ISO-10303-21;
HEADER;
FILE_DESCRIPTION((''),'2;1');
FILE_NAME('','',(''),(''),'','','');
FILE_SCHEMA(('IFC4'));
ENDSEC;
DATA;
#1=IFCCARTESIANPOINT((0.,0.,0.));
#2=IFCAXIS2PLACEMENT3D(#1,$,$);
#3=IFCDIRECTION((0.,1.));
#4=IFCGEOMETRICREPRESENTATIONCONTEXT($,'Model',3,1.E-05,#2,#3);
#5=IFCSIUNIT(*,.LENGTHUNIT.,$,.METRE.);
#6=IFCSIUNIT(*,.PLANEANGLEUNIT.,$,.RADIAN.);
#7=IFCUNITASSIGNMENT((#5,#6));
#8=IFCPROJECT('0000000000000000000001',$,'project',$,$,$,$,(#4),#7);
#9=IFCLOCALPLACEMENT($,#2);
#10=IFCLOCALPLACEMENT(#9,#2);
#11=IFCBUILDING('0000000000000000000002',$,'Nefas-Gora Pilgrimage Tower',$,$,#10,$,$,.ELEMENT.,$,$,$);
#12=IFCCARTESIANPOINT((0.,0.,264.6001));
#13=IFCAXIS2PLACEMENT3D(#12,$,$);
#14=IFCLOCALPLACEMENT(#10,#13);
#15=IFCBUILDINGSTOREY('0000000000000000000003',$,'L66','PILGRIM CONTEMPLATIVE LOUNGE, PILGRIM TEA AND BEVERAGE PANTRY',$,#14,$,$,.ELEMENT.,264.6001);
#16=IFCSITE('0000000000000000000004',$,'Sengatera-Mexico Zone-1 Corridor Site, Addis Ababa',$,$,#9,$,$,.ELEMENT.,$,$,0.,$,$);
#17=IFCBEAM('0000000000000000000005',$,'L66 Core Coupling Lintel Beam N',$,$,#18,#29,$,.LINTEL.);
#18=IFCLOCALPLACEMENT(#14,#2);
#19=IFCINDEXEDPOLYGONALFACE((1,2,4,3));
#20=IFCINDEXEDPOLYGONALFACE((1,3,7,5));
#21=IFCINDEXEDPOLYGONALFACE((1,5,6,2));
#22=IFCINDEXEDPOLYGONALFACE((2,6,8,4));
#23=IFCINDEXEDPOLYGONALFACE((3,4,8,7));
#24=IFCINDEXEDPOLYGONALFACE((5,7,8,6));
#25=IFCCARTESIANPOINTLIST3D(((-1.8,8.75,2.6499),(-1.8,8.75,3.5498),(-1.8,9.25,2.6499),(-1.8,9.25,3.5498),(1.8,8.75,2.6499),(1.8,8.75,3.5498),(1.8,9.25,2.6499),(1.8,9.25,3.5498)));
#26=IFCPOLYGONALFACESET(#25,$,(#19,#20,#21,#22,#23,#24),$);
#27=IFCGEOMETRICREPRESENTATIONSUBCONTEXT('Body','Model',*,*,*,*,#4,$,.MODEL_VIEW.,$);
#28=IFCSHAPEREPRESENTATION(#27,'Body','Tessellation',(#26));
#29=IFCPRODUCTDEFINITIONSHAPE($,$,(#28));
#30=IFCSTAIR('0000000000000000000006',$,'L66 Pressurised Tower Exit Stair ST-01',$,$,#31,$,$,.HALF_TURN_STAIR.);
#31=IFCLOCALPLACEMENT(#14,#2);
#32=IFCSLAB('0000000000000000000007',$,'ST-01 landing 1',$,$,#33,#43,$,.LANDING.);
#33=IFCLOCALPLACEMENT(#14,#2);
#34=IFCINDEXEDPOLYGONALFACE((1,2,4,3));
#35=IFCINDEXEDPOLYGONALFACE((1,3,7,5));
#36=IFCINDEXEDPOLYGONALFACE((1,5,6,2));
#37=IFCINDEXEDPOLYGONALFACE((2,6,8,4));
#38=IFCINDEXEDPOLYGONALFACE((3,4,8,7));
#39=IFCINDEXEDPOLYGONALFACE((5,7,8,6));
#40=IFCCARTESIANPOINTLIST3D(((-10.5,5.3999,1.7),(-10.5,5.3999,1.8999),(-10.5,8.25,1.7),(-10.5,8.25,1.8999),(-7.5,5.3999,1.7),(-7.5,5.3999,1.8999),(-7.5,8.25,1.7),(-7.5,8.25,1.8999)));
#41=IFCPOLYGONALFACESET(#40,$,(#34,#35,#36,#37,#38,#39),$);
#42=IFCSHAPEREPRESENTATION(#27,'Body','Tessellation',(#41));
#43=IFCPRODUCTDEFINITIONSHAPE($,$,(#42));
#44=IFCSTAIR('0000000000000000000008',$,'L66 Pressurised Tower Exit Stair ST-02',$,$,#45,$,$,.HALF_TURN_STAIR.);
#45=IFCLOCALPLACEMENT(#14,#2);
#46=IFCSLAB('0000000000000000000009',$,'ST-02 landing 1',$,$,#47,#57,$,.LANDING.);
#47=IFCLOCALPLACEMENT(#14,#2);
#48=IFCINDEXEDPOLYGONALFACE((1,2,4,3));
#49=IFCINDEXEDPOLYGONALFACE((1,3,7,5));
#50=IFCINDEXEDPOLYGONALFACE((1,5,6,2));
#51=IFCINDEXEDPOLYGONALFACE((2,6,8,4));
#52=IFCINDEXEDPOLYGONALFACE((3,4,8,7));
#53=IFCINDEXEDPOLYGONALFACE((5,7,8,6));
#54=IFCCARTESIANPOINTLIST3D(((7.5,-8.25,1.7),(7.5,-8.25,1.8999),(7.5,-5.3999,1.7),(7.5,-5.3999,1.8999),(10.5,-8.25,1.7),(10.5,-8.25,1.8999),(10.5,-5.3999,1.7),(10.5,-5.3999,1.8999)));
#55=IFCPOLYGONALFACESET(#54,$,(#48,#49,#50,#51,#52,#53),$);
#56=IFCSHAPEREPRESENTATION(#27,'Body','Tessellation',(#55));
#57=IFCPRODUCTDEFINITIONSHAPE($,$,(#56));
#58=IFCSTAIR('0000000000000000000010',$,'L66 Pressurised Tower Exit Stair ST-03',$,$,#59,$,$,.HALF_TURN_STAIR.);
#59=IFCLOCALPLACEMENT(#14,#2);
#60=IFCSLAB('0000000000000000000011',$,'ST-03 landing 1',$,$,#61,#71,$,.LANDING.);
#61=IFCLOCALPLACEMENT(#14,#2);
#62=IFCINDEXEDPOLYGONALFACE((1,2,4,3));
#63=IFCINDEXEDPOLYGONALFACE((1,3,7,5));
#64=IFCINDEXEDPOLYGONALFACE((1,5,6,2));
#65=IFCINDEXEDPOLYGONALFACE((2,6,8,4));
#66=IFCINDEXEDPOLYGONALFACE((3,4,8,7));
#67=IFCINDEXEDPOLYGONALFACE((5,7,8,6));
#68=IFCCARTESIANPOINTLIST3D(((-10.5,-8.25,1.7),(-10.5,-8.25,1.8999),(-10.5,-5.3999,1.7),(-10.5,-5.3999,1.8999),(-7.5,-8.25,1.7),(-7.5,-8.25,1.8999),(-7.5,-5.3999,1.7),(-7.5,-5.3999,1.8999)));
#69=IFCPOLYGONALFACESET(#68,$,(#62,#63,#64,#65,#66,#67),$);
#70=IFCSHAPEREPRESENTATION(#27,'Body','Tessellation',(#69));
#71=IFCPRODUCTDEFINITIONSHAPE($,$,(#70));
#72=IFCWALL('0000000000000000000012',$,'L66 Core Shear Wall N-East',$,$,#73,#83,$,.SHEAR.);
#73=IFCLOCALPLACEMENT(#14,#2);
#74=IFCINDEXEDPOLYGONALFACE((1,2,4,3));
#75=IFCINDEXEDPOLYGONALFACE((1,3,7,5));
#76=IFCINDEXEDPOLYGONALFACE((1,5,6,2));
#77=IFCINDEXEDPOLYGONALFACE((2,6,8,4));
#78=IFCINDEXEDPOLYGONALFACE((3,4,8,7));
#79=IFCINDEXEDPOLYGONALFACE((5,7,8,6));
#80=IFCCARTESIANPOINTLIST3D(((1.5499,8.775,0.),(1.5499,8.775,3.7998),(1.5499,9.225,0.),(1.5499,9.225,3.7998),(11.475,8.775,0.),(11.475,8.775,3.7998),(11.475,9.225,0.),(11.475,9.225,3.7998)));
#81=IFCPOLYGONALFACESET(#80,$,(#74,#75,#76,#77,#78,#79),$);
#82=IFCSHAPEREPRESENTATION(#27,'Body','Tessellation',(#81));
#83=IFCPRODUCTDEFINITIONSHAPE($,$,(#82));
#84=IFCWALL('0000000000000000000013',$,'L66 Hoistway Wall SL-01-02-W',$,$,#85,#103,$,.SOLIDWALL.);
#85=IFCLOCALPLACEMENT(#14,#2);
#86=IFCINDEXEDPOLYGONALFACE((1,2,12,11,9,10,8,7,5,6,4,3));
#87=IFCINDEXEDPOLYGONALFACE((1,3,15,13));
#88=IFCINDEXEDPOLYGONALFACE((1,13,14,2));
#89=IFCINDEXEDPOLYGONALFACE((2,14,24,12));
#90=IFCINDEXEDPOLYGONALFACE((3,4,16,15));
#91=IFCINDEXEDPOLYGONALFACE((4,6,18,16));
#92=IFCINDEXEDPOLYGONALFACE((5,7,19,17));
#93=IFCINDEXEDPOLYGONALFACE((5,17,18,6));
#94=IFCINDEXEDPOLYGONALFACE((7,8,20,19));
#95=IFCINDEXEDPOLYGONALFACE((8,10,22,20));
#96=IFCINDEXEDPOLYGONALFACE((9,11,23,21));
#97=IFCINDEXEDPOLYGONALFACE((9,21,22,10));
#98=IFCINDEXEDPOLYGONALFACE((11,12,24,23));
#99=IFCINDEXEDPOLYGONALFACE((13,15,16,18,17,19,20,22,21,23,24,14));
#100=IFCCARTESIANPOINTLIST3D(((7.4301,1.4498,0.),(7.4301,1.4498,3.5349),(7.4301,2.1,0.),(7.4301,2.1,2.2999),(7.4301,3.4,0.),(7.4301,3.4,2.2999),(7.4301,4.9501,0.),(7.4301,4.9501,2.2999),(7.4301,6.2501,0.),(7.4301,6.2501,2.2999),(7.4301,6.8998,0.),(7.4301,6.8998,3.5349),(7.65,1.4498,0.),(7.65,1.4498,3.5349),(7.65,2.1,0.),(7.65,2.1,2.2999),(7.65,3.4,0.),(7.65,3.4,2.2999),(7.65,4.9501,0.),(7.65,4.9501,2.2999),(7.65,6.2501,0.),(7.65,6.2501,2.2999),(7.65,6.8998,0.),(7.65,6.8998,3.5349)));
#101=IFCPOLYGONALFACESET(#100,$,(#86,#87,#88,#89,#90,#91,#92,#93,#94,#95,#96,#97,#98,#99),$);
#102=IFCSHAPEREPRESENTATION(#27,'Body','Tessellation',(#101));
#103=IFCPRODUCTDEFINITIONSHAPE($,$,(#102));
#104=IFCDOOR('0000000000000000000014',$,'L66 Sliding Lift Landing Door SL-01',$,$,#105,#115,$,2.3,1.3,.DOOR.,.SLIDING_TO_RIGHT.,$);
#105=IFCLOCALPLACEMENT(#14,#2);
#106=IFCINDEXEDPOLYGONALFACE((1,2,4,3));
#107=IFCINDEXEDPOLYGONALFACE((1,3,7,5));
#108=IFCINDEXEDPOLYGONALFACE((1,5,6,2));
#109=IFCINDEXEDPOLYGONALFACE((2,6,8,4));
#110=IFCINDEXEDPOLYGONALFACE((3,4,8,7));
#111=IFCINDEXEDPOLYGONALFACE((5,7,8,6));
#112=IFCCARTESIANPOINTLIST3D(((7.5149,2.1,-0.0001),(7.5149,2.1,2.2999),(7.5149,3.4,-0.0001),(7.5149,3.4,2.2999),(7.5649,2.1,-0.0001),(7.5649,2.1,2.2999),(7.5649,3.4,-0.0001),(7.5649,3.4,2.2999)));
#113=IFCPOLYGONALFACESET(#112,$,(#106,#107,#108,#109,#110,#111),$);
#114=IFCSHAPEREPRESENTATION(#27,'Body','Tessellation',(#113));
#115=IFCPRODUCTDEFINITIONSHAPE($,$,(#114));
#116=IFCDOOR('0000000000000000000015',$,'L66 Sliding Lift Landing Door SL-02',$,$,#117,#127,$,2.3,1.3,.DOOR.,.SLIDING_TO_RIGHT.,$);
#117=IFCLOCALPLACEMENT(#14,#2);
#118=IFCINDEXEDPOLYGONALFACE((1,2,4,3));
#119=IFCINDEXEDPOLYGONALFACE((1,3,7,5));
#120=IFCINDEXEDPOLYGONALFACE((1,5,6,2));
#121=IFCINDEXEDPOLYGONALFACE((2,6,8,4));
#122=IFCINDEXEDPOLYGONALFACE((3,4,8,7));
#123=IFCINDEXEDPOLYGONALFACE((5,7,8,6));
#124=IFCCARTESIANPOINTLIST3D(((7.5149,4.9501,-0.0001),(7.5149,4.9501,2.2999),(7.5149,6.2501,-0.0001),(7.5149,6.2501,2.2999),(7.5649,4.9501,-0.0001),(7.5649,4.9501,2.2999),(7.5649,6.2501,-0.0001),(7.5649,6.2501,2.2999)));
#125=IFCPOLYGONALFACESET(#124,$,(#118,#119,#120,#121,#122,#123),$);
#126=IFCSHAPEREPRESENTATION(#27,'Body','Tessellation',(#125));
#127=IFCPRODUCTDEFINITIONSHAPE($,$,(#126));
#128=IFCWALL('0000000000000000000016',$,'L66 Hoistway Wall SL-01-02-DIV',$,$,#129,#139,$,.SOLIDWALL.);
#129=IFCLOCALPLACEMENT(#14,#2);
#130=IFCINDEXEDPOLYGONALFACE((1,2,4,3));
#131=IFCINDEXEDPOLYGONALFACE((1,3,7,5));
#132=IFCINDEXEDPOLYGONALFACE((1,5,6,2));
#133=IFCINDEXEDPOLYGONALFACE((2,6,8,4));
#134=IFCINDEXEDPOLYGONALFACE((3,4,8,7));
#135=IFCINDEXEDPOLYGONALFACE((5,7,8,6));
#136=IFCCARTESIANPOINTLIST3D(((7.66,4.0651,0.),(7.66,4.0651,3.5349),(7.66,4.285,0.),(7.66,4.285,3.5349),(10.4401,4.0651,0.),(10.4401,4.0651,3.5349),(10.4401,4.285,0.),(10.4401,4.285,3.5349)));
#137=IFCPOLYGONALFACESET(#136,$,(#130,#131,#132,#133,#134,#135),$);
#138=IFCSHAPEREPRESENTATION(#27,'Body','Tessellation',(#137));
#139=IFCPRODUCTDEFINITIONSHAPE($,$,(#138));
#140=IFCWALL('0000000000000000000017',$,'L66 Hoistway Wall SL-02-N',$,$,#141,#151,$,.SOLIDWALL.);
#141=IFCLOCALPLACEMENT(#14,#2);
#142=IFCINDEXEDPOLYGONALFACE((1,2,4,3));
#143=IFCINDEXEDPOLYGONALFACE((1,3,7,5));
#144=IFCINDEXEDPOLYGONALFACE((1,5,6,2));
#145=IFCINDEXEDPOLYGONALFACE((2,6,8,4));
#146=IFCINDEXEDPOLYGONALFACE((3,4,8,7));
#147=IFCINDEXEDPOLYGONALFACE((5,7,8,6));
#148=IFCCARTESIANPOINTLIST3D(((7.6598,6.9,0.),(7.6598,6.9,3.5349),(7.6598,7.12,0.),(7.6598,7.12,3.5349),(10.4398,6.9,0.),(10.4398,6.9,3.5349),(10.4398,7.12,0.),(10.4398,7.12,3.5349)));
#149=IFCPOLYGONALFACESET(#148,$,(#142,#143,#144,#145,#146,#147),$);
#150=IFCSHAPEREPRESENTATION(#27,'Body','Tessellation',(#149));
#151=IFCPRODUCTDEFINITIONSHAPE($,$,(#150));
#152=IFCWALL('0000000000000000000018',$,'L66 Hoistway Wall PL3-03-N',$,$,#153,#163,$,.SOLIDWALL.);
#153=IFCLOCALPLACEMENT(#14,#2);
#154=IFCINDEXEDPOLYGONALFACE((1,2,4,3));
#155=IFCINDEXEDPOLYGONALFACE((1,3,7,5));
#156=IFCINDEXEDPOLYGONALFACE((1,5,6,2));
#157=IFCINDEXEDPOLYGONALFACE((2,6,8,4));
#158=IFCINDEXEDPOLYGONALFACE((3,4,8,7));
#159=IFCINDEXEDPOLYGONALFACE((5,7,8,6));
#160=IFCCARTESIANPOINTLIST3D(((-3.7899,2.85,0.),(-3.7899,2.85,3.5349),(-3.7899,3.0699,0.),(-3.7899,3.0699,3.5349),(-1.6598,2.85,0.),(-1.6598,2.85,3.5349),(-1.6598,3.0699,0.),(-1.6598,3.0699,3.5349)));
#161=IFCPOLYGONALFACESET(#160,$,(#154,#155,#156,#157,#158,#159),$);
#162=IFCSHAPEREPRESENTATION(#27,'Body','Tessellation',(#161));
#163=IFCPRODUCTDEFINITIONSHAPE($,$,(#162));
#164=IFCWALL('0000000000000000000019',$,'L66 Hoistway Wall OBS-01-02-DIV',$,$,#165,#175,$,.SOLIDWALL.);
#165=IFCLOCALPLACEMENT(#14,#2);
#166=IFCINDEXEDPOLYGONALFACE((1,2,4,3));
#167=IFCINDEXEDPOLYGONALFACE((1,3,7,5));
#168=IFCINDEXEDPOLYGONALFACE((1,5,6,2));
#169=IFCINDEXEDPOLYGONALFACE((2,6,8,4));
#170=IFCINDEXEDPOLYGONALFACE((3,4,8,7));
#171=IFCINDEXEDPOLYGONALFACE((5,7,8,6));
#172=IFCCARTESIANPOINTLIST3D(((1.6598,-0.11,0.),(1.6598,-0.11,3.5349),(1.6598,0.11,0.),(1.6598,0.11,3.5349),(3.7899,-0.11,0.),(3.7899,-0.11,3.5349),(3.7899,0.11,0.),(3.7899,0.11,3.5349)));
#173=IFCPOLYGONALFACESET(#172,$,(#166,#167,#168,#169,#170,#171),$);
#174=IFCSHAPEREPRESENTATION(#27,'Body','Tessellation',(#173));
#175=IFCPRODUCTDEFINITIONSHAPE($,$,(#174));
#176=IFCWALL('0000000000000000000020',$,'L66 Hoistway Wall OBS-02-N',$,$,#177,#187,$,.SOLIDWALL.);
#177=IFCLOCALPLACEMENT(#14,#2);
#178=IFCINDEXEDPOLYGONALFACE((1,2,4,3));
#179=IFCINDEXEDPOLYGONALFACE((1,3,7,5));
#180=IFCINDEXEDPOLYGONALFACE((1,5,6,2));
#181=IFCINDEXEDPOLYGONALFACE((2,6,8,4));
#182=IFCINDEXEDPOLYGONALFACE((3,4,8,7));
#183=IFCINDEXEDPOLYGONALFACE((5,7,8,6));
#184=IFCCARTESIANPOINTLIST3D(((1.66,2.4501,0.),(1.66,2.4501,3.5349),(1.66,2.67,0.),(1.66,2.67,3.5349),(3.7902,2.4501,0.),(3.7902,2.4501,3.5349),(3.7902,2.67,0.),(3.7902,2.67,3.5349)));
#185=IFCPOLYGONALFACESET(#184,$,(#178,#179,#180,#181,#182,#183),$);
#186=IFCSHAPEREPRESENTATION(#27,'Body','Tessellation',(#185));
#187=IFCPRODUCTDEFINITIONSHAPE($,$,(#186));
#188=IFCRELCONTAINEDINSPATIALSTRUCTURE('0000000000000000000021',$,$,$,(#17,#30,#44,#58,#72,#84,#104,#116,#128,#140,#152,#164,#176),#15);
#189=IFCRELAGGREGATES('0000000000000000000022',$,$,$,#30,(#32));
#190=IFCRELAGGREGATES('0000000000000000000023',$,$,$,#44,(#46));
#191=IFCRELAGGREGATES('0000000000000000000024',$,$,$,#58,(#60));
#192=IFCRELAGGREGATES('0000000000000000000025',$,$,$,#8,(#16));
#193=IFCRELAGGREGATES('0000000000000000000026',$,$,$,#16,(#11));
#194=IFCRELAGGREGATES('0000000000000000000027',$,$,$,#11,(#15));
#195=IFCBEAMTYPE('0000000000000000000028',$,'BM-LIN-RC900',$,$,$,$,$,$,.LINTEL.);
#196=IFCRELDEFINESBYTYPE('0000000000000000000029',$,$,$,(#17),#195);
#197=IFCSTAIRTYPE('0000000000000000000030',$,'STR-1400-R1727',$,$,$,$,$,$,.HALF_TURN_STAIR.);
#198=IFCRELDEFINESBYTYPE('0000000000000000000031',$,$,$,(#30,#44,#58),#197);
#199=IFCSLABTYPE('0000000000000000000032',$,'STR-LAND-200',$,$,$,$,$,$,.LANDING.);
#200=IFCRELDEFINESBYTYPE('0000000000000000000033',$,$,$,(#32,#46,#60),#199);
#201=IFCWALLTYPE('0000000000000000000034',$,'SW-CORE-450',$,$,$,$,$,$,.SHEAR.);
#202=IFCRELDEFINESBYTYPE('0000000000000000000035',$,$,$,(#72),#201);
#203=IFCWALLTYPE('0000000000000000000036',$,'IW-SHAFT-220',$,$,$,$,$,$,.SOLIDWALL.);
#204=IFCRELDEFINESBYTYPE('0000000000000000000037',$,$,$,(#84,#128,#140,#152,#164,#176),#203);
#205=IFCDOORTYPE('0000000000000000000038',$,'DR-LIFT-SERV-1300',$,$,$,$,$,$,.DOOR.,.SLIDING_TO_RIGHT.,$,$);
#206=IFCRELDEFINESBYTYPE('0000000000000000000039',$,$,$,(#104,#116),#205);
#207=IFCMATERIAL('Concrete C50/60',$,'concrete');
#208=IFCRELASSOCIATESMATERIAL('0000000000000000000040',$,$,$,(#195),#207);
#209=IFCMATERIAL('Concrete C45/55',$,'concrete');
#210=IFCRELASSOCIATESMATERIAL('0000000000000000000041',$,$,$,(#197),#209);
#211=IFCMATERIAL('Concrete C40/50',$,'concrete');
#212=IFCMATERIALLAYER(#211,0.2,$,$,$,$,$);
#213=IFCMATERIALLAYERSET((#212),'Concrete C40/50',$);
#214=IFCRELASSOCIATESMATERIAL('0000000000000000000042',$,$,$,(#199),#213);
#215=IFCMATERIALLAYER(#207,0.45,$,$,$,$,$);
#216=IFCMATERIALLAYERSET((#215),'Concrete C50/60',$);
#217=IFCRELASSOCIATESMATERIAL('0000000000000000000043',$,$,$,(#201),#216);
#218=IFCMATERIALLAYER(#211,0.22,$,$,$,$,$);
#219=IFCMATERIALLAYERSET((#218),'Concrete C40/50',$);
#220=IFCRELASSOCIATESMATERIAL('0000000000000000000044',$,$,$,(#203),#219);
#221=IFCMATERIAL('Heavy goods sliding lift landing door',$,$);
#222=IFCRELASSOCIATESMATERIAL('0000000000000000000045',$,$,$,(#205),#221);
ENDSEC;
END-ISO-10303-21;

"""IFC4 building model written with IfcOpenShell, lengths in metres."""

from ifc_helpers import new_model, si_unit, direction, frame, frame_2d, origin, origin_2d, place, context, subcontext, project, spatial, polyline, rectangle, outline, extrude, source, transform, mapped, material, layer, layer_set, material_profile, profile_set, type_object, element, fill, aggregate, save


model = new_model("IFC4")

# Units and contexts
model_context = context("Model", 3, precision=1e-05, world=origin(), true_north=direction((0.0, 1.0)))
body_context = subcontext(model_context, "Body", "Model", "MODEL_VIEW")
ifc_project = project(units=[si_unit("LENGTHUNIT", "METRE"), si_unit("PLANEANGLEUNIT", "RADIAN")], contexts=[model_context])

# Site, building, storey
site_placement = place(None, origin())
site = spatial("IfcSite", under=ifc_project, at=site_placement, Name="Sengatera-Mexico Zone-1 Corridor Site, Addis Ababa", CompositionType="ELEMENT", RefElevation=0.0)
building_placement = place(site_placement, origin())
building = spatial("IfcBuilding", under=site, at=building_placement, Name="Nefas-Gora Pilgrimage Tower", CompositionType="ELEMENT")
storey_placement = place(building_placement, frame((0.0, 0.0, 264.6001)))
storey = spatial("IfcBuildingStorey", under=building, at=storey_placement, Name="L66", Description="PILGRIM CONTEMPLATIVE LOUNGE, PILGRIM TEA AND BEVERAGE PANTRY", CompositionType="ELEMENT", Elevation=264.6001)

# Beam
ifc_material_1 = material(Name="Concrete C50/60", Category="concrete")
ifc_material_profile = material_profile(ifc_material_1, rectangle(XDim=0.5, YDim=0.8999, at=origin_2d()), Name="RC 500x900")
ifc_profile_set = profile_set([ifc_material_profile], Name="Concrete C50/60")
beam_type = type_object("IfcBeamType", Name="BM-LIN-RC900", PredefinedType="LINTEL", material=ifc_profile_set)
shared_shape_1 = source(origin(), body_context, "Body", "SweptSolid", [
    extrude(rectangle(XDim=0.5, YDim=0.8999, at=origin_2d()), origin(), (0.0, 0.0, 1.0), 3.6001),
])
beam_placement = place(storey_placement, frame((-1.8, 9.0, 3.0999), z_axis=(1.0, 0.0, 0.0), x_axis=(0.0, 1.0, 0.0)))
element("IfcBeam", 1, at=beam_placement, inside=storey, type_object=beam_type, Name="L66 Core Coupling Lintel Beam N", PredefinedType="LINTEL", context=body_context, shape_type="MappedRepresentation", body=[
    mapped(shared_shape_1, transform((0.0, 0.0, 0.0), x_axis=(1.0, 0.0, 0.0), y_axis=(0.0, 1.0, 0.0), z_axis=(0.0, 0.0, 1.0), scale=1.0)),
])

# Stairs, slabs
ifc_material_2 = material(Name="Concrete C45/55", Category="concrete")
stair_type = type_object("IfcStairType", Name="STR-1400-R1727", PredefinedType="HALF_TURN_STAIR", material=ifc_material_2)
stair_1_placement = place(storey_placement, origin())
stair_1 = element("IfcStair", 2, at=stair_1_placement, inside=storey, type_object=stair_type, Name="L66 Pressurised Tower Exit Stair ST-01", PredefinedType="HALF_TURN_STAIR")
ifc_material_3 = material(Name="Concrete C40/50", Category="concrete")
ifc_layer_1 = layer(ifc_material_3, 0.2)
ifc_layer_set_1 = layer_set([ifc_layer_1], Name="Concrete C40/50")
slab_type = type_object("IfcSlabType", Name="STR-LAND-200", PredefinedType="LANDING", material=ifc_layer_set_1)
slab_1_placement = place(storey_placement, frame((0.0, 0.0, 1.7)))
slab_1 = element("IfcSlab", 3, at=slab_1_placement, type_object=slab_type, Name="ST-01 landing 1", PredefinedType="LANDING", context=body_context, shape_type="SweptSolid", body=[
    extrude(outline(polyline([(-7.5, 5.3999), (-7.5, 8.25), (-10.5, 8.25), (-10.5, 5.3999), (-7.5, 5.3999)])), origin(), (0.0, 0.0, 1.0), 0.2),
])
aggregate(stair_1, [slab_1])
stair_2_placement = place(storey_placement, origin())
stair_2 = element("IfcStair", 4, at=stair_2_placement, inside=storey, type_object=stair_type, Name="L66 Pressurised Tower Exit Stair ST-02", PredefinedType="HALF_TURN_STAIR")
slab_2_placement = place(storey_placement, frame((0.0, 0.0, 1.7)))
slab_2 = element("IfcSlab", 5, at=slab_2_placement, type_object=slab_type, Name="ST-02 landing 1", PredefinedType="LANDING", context=body_context, shape_type="SweptSolid", body=[
    extrude(outline(polyline([(7.5, -5.3999), (7.5, -8.25), (10.5, -8.25), (10.5, -5.3999), (7.5, -5.3999)])), origin(), (0.0, 0.0, 1.0), 0.2),
])
aggregate(stair_2, [slab_2])
stair_3_placement = place(storey_placement, origin())
stair_3 = element("IfcStair", 6, at=stair_3_placement, inside=storey, type_object=stair_type, Name="L66 Pressurised Tower Exit Stair ST-03", PredefinedType="HALF_TURN_STAIR")
slab_3_placement = place(storey_placement, frame((0.0, 0.0, 1.7)))
slab_3 = element("IfcSlab", 7, at=slab_3_placement, type_object=slab_type, Name="ST-03 landing 1", PredefinedType="LANDING", context=body_context, shape_type="SweptSolid", body=[
    extrude(outline(polyline([(-10.5, -5.3999), (-10.5, -8.25), (-7.5, -8.25), (-7.5, -5.3999), (-10.5, -5.3999)])), origin(), (0.0, 0.0, 1.0), 0.2),
])
aggregate(stair_3, [slab_3])

# Wall
ifc_layer_2 = layer(ifc_material_1, 0.45)
ifc_layer_set_2 = layer_set([ifc_layer_2], Name="Concrete C50/60")
wall_type_1 = type_object("IfcWallType", Name="SW-CORE-450", PredefinedType="SHEAR", material=ifc_layer_set_2)
shared_shape_2 = source(origin(), body_context, "Body", "SweptSolid", [
    extrude(rectangle(XDim=9.925, YDim=0.45, at=frame_2d((4.9624, 0.0))), origin(), (0.0, 0.0, 1.0), 3.7998),
])
wall_1_placement = place(storey_placement, frame((1.55, 9.0, 0.0), z_axis=(0.0, 0.0, 1.0), x_axis=(1.0, 0.0, 0.0)))
element("IfcWall", 8, at=wall_1_placement, inside=storey, type_object=wall_type_1, Name="L66 Core Shear Wall N-East", PredefinedType="SHEAR", context=body_context, shape_type="MappedRepresentation", body=[
    mapped(shared_shape_2, transform((0.0, 0.0, 0.0), x_axis=(1.0, 0.0, 0.0), y_axis=(0.0, 1.0, 0.0), z_axis=(0.0, 0.0, 1.0), scale=1.0)),
])

# Wall, openings, doors
ifc_layer_3 = layer(ifc_material_3, 0.22)
ifc_layer_set_3 = layer_set([ifc_layer_3], Name="Concrete C40/50")
wall_type_2 = type_object("IfcWallType", Name="IW-SHAFT-220", PredefinedType="SOLIDWALL", material=ifc_layer_set_3)
shared_shape_3 = source(origin(), body_context, "Body", "SweptSolid", [
    extrude(rectangle(XDim=5.45, YDim=0.22, at=frame_2d((2.7251, 0.0))), origin(), (0.0, 0.0, 1.0), 3.5349),
])
wall_2_placement = place(storey_placement, frame((7.54, 6.8999, 0.0), z_axis=(0.0, 0.0, 1.0), x_axis=(0.0, -1.0, 0.0)))
wall_2 = element("IfcWall", 9, at=wall_2_placement, inside=storey, type_object=wall_type_2, Name="L66 Hoistway Wall SL-01-02-W", PredefinedType="SOLIDWALL", context=body_context, shape_type="MappedRepresentation", body=[
    mapped(shared_shape_3, transform((0.0, 0.0, 0.0), x_axis=(1.0, 0.0, 0.0), y_axis=(0.0, 1.0, 0.0), z_axis=(0.0, 0.0, 1.0), scale=1.0)),
])
opening_1_placement = place(wall_2_placement, frame((3.5, 0.0, 0.0)))
opening_1 = element("IfcOpeningElement", 10, at=opening_1_placement, cuts=wall_2, PredefinedType="OPENING", context=body_context, shape_type="SweptSolid", body=[
    extrude(rectangle(XDim=1.3, YDim=2.3, at=frame_2d((0.6499, 1.1499))), frame((0.0, 0.1199, 0.0), z_axis=(0.0, -1.0, 0.0), x_axis=(1.0, 0.0, 0.0)), (0.0, 0.0, 1.0), 0.24),
])
opening_2_placement = place(wall_2_placement, frame((0.6499, 0.0, 0.0)))
opening_2 = element("IfcOpeningElement", 11, at=opening_2_placement, cuts=wall_2, PredefinedType="OPENING", context=body_context, shape_type="SweptSolid", body=[
    extrude(rectangle(XDim=1.3, YDim=2.3, at=frame_2d((0.6499, 1.1499))), frame((0.0, 0.1199, 0.0), z_axis=(0.0, -1.0, 0.0), x_axis=(1.0, 0.0, 0.0)), (0.0, 0.0, 1.0), 0.24),
])
ifc_material_4 = material(Name="Heavy goods sliding lift landing door")
door_type_1 = type_object("IfcDoorType", Name="DR-LIFT-SERV-1300", OperationType="SLIDING_TO_RIGHT", PredefinedType="DOOR", material=ifc_material_4)
shared_shape_4 = source(origin(), body_context, "Body", "SweptSolid", [
    extrude(rectangle(XDim=1.3, YDim=2.3, at=frame_2d((0.6499, 1.1499))), frame((0.0, 0.0249, 0.0), z_axis=(0.0, -1.0, 0.0), x_axis=(1.0, 0.0, 0.0)), (0.0, 0.0, 1.0), 0.05),
])
door_1_placement = place(opening_1_placement, origin())
door_1 = element("IfcDoor", 12, at=door_1_placement, inside=storey, type_object=door_type_1, Name="L66 Sliding Lift Landing Door SL-01", OperationType="SLIDING_TO_RIGHT", OverallHeight=2.3, OverallWidth=1.3, PredefinedType="DOOR", context=body_context, shape_type="MappedRepresentation", body=[
    mapped(shared_shape_4, transform((0.0, 0.0, 0.0), x_axis=(1.0, 0.0, 0.0), y_axis=(0.0, 1.0, 0.0), z_axis=(0.0, 0.0, 1.0), scale=1.0)),
])
fill(opening_1, door_1)
door_2_placement = place(opening_2_placement, origin())
door_2 = element("IfcDoor", 13, at=door_2_placement, inside=storey, type_object=door_type_1, Name="L66 Sliding Lift Landing Door SL-02", OperationType="SLIDING_TO_RIGHT", OverallHeight=2.3, OverallWidth=1.3, PredefinedType="DOOR", context=body_context, shape_type="MappedRepresentation", body=[
    mapped(shared_shape_4, transform((0.0, 0.0, 0.0), x_axis=(1.0, 0.0, 0.0), y_axis=(0.0, 1.0, 0.0), z_axis=(0.0, 0.0, 1.0), scale=1.0)),
])
fill(opening_2, door_2)

# Walls
shared_shape_5 = source(origin(), body_context, "Body", "SweptSolid", [
    extrude(rectangle(XDim=2.78, YDim=0.22, at=frame_2d((1.3901, 0.0))), origin(), (0.0, 0.0, 1.0), 3.5349),
])
for number, where, z_axis, x_axis, name in (
    (14, (7.6599, 4.175, 0.0), (0.0, 0.0, 1.0), (1.0, 0.0, 0.0), "L66 Hoistway Wall SL-01-02-DIV"),
    (15, (10.4399, 7.01, 0.0), (0.0, 0.0, 1.0), (-1.0, 0.0, 0.0), "L66 Hoistway Wall SL-02-N"),
):
    element("IfcWall", number, at=place(storey_placement, frame(where, z_axis=z_axis, x_axis=x_axis)), inside=storey, type_object=wall_type_2, Name=name, PredefinedType="SOLIDWALL", context=body_context, shape_type="MappedRepresentation", body=[
        mapped(shared_shape_5, transform((0.0, 0.0, 0.0), x_axis=(1.0, 0.0, 0.0), y_axis=(0.0, 1.0, 0.0), z_axis=(0.0, 0.0, 1.0), scale=1.0)),
    ])
shared_shape_6 = source(origin(), body_context, "Body", "SweptSolid", [
    extrude(rectangle(XDim=2.1301, YDim=0.22, at=frame_2d((1.0649, 0.0))), origin(), (0.0, 0.0, 1.0), 3.5349),
])
for number, where, z_axis, x_axis, name in (
    (16, (-1.6599, 2.96, 0.0), (0.0, 0.0, 1.0), (-1.0, 0.0, 0.0), "L66 Hoistway Wall PL3-03-N"),
    (17, (1.6599, 0.0, 0.0), (0.0, 0.0, 1.0), (1.0, 0.0, 0.0), "L66 Hoistway Wall OBS-01-02-DIV"),
    (18, (3.79, 2.5601, 0.0), (0.0, 0.0, 1.0), (-1.0, 0.0, 0.0), "L66 Hoistway Wall OBS-02-N"),
):
    element("IfcWall", number, at=place(storey_placement, frame(where, z_axis=z_axis, x_axis=x_axis)), inside=storey, type_object=wall_type_2, Name=name, PredefinedType="SOLIDWALL", context=body_context, shape_type="MappedRepresentation", body=[
        mapped(shared_shape_6, transform((0.0, 0.0, 0.0), x_axis=(1.0, 0.0, 0.0), y_axis=(0.0, 1.0, 0.0), z_axis=(0.0, 0.0, 1.0), scale=1.0)),
    ])

save(model, "model.ifc")
